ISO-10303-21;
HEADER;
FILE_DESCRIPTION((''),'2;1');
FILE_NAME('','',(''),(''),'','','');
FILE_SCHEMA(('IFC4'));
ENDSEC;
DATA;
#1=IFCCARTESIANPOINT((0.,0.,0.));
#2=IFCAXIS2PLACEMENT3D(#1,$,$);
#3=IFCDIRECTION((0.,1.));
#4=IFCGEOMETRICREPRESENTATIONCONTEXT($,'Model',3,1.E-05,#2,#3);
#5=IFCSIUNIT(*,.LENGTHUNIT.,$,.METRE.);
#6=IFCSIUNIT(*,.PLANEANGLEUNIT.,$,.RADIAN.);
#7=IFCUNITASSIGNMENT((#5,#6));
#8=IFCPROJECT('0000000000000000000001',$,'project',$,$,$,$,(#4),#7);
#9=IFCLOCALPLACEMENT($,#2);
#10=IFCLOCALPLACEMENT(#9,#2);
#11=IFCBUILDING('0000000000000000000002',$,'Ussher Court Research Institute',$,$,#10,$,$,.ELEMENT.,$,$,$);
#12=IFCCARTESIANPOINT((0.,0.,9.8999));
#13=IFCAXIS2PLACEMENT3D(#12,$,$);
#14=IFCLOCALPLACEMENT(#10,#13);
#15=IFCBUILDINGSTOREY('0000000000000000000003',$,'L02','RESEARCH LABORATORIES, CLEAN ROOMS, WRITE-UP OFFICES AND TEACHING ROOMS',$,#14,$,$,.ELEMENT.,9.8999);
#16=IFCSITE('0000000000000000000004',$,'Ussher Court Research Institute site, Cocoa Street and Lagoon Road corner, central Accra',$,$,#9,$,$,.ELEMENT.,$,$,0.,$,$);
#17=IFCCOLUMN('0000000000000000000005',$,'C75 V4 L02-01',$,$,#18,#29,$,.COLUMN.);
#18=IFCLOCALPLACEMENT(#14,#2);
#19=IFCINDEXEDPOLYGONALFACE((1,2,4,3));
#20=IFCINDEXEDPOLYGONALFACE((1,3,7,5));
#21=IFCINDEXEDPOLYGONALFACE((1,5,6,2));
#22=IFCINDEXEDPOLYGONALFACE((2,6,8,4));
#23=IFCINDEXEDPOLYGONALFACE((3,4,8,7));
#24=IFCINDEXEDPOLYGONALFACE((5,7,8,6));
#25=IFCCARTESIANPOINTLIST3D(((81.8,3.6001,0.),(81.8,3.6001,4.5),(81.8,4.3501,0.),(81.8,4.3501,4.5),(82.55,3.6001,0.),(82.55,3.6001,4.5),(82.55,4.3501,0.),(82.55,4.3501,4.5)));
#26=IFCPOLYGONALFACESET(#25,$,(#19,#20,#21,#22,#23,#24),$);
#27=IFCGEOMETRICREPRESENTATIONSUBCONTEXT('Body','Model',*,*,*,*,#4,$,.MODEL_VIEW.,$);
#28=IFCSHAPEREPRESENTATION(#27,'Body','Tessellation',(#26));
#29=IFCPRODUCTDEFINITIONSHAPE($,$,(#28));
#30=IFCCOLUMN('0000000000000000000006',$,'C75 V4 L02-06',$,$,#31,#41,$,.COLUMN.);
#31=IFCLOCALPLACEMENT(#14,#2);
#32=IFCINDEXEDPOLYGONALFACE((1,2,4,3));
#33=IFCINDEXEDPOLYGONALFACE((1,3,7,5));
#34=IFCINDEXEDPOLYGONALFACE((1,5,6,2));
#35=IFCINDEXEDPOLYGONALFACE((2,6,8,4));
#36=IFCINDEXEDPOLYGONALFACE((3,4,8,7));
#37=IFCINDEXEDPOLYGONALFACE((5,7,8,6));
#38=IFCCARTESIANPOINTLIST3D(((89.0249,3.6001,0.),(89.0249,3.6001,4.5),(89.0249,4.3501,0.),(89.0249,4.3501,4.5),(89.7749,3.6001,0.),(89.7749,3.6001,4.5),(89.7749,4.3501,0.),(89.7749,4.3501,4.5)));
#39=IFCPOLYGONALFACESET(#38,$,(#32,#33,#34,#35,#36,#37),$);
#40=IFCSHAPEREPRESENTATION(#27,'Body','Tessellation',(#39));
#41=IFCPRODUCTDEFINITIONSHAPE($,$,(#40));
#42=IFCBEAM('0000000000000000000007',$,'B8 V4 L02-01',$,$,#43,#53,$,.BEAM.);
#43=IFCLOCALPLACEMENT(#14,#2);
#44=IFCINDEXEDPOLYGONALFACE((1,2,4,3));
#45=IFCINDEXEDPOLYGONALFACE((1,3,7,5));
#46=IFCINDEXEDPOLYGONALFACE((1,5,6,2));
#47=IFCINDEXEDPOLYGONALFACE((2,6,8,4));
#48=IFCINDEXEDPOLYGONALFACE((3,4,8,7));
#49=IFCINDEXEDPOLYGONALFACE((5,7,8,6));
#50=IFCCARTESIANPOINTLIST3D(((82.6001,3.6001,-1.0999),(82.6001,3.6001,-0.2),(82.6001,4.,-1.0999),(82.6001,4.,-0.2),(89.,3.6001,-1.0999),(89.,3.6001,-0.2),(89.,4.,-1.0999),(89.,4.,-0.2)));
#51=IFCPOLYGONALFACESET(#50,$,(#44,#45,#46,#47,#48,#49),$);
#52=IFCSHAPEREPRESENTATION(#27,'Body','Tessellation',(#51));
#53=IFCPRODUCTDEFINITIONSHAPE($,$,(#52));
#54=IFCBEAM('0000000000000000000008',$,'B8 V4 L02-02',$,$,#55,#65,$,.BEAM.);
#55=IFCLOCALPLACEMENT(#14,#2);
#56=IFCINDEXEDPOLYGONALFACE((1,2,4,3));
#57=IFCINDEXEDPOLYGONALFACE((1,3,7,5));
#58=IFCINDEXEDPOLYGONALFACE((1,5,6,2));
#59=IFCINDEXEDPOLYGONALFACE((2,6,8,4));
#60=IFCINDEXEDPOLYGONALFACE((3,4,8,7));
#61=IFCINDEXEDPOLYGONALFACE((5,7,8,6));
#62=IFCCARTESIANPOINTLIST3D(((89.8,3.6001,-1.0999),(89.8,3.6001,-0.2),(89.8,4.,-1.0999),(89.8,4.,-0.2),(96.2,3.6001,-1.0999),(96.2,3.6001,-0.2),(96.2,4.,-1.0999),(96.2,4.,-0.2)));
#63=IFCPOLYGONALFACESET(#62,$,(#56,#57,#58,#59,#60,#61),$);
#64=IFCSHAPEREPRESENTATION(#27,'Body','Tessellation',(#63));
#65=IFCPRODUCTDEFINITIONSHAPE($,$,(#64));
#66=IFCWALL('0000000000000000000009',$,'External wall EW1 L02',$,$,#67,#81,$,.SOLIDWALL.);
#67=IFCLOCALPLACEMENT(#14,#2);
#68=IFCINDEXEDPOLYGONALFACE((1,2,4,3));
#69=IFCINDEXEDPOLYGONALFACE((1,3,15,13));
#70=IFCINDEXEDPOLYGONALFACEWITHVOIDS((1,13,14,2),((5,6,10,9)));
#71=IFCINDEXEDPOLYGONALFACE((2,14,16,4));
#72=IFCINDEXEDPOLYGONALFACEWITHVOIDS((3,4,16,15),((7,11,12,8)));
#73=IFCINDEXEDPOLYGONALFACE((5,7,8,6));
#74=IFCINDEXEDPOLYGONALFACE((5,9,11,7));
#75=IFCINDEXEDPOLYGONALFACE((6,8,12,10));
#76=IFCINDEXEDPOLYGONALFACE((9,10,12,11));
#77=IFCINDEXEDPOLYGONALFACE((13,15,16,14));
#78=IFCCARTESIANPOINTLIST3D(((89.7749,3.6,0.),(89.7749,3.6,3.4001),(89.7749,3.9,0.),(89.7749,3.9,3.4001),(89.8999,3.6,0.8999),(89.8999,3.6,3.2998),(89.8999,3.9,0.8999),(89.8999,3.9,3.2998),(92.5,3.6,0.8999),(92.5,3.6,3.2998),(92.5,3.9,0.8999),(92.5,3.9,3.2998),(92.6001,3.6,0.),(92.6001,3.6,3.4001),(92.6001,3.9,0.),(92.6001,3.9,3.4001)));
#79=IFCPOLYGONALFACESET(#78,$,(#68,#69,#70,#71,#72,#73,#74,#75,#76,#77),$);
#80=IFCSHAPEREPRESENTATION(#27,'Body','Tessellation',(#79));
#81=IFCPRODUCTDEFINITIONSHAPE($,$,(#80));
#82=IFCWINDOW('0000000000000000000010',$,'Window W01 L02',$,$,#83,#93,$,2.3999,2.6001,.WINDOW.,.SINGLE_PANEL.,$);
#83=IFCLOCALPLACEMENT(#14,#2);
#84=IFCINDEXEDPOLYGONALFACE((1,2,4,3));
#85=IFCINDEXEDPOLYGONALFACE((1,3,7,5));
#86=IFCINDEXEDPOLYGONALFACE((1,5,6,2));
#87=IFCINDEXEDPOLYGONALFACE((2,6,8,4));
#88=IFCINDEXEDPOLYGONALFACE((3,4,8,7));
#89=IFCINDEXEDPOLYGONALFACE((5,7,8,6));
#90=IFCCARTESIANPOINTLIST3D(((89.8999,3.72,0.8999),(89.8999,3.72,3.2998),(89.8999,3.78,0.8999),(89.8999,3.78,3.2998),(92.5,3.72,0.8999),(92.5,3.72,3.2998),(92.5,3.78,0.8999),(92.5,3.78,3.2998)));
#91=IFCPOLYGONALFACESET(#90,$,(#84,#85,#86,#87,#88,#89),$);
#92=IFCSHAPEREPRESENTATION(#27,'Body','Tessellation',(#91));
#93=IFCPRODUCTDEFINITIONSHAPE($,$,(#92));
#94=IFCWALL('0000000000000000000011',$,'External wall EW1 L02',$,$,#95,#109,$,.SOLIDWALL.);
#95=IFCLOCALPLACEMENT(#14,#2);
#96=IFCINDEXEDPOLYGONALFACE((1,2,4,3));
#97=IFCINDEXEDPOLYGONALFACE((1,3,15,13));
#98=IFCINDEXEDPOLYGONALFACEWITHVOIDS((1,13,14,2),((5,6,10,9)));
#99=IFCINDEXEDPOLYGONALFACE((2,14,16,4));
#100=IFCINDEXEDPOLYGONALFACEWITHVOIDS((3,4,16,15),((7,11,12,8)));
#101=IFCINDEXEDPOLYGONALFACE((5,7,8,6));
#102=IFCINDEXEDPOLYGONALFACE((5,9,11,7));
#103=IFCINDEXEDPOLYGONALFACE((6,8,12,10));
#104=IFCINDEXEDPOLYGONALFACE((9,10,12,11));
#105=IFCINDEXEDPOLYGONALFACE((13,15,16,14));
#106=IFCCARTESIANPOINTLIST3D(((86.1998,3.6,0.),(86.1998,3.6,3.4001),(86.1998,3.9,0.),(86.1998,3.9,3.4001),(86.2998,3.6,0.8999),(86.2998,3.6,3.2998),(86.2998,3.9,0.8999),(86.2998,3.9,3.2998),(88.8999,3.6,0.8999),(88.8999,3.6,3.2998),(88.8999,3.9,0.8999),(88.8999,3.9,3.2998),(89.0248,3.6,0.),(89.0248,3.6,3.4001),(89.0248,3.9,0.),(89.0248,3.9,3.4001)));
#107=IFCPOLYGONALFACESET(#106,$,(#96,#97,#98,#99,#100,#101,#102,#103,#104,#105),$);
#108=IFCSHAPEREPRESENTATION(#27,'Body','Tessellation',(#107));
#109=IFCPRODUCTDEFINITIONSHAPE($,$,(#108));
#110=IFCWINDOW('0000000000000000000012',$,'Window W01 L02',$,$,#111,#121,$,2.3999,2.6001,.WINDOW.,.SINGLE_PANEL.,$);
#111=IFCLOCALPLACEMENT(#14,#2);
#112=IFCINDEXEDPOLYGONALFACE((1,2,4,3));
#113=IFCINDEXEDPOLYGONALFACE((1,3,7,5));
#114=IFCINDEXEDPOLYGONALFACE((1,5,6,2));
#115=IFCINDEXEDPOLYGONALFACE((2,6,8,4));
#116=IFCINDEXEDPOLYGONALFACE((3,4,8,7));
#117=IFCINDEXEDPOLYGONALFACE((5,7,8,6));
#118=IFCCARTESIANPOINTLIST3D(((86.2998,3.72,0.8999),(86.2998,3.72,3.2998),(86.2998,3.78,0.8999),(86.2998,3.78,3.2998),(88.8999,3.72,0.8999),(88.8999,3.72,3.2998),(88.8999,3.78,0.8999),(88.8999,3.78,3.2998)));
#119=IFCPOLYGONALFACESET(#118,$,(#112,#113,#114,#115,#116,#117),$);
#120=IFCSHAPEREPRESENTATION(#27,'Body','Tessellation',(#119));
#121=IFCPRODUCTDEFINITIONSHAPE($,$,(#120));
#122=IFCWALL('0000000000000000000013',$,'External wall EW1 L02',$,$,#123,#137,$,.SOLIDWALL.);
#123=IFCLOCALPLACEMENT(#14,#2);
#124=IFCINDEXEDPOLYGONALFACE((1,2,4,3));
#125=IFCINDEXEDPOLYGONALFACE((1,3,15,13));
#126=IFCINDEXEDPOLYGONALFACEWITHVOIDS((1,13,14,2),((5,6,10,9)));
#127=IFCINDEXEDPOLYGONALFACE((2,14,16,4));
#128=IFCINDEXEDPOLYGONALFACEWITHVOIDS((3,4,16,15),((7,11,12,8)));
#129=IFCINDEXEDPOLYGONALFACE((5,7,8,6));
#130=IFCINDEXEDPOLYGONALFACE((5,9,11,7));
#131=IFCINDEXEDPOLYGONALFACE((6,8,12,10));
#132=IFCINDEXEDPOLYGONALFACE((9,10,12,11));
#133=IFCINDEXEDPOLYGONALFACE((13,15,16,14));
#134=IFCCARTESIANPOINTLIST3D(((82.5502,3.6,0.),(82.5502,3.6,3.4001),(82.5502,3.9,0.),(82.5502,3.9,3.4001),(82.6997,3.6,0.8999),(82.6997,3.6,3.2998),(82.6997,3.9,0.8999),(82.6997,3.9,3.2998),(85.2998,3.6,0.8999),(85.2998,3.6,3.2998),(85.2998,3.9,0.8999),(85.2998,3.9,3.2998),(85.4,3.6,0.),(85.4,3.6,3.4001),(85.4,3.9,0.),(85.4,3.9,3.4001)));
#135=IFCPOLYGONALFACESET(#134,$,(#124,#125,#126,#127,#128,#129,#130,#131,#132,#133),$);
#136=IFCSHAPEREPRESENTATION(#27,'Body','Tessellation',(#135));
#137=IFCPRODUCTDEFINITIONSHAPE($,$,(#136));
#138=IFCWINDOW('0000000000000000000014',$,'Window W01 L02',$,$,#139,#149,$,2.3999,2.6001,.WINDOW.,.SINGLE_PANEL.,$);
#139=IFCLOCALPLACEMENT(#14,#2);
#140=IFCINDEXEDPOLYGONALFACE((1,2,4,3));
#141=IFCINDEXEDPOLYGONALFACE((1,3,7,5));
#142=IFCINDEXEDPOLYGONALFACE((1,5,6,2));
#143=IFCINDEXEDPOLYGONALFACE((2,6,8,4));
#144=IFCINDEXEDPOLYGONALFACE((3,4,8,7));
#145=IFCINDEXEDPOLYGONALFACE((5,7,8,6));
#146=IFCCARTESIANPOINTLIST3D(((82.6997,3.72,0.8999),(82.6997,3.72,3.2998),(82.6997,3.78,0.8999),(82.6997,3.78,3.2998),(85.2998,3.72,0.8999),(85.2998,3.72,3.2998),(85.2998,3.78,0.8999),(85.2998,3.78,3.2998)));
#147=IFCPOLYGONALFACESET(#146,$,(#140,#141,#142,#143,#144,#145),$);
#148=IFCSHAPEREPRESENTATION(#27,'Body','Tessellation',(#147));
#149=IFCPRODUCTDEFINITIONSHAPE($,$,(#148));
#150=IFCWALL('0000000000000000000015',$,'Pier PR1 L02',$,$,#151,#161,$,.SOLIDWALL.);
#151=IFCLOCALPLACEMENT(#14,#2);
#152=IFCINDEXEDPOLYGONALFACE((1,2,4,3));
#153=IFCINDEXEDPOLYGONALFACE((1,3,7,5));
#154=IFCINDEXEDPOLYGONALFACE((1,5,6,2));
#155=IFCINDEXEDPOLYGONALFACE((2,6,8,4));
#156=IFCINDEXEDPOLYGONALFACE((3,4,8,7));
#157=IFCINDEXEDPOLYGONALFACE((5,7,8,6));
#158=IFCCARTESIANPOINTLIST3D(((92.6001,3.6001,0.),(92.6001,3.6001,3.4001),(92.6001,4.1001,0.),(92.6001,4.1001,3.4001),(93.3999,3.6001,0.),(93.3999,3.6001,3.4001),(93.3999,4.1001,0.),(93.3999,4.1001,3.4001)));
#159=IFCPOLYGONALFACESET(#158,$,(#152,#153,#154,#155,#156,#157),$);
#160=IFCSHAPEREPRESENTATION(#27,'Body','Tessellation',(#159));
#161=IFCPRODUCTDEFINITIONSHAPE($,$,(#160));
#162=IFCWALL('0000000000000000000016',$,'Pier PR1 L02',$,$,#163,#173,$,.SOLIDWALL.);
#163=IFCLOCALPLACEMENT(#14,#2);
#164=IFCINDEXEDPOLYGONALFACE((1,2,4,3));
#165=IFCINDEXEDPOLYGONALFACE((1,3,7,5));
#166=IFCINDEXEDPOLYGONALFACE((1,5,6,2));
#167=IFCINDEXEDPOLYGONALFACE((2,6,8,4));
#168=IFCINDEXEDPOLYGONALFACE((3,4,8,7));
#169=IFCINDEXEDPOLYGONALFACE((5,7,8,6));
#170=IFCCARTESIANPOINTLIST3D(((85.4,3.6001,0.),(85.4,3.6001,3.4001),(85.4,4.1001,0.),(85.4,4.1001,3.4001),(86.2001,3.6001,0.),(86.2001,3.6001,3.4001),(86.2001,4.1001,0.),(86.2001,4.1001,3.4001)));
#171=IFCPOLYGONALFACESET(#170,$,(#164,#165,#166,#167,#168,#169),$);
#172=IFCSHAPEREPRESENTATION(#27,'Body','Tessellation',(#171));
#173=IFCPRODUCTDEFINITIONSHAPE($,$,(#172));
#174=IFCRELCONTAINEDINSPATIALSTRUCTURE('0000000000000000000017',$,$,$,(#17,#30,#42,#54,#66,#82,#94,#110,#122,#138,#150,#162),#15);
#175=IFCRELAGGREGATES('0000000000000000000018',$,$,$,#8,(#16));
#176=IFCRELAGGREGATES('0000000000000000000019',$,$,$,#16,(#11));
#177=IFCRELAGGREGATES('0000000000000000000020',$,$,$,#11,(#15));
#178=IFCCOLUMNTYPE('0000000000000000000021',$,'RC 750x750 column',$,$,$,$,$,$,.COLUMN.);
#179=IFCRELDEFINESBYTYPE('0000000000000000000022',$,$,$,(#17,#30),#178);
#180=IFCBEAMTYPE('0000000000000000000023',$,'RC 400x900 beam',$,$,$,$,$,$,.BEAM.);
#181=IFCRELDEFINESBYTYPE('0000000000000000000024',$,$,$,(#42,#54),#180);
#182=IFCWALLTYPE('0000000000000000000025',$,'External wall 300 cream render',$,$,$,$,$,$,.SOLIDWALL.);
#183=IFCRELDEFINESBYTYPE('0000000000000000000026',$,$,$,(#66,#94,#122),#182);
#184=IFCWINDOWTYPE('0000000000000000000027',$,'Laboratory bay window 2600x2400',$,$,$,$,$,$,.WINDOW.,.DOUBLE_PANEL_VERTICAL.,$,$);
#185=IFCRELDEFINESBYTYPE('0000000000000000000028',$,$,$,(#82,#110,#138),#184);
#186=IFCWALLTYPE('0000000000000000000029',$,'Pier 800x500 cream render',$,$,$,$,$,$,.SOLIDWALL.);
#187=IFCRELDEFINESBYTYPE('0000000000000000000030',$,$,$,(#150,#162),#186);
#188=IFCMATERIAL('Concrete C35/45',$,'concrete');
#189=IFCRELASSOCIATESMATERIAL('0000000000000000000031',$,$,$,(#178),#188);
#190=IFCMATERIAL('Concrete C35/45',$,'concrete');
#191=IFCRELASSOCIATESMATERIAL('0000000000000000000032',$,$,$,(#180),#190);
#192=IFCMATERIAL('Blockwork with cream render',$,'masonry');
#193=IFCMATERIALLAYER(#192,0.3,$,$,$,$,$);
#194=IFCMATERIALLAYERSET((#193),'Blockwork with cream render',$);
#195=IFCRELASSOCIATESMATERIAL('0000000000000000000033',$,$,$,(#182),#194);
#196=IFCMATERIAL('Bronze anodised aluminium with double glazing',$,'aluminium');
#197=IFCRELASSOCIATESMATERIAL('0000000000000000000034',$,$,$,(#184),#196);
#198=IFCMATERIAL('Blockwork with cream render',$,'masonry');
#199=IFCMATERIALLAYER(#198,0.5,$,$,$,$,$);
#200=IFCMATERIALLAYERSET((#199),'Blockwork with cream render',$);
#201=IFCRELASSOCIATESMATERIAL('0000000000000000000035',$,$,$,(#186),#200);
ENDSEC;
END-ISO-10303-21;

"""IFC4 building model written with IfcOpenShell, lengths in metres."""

from ifc_helpers import new_model, si_unit, direction, frame, frame_2d, origin, origin_2d, place, context, subcontext, project, spatial, rectangle, extrude, material, layer, layer_set, material_profile, profile_set, type_object, element, fill, save


model = new_model("IFC4")

# Units and contexts
model_context = context("Model", 3, precision=1e-05, world=origin(), true_north=direction((0.0, 1.0)))
body_context = subcontext(model_context, "Body", "Model", "MODEL_VIEW")
ifc_project = project(units=[si_unit("LENGTHUNIT", "METRE"), si_unit("PLANEANGLEUNIT", "RADIAN")], contexts=[model_context])

# Site, building, storey
site_placement = place(None, origin())
site = spatial("IfcSite", under=ifc_project, at=site_placement, Name="Ussher Court Research Institute site, Cocoa Street and Lagoon Road corner, central Accra", CompositionType="ELEMENT", RefElevation=0.0)
building_placement = place(site_placement, origin())
building = spatial("IfcBuilding", under=site, at=building_placement, Name="Ussher Court Research Institute", CompositionType="ELEMENT")
storey_placement = place(building_placement, frame((0.0, 0.0, 9.8999)))
storey = spatial("IfcBuildingStorey", under=building, at=storey_placement, Name="L02", Description="RESEARCH LABORATORIES, CLEAN ROOMS, WRITE-UP OFFICES AND TEACHING ROOMS", CompositionType="ELEMENT", Elevation=9.8999)

# Columns
ifc_material_1 = material(Name="Concrete C35/45", Category="concrete")
ifc_material_profile_1 = material_profile(ifc_material_1, rectangle(XDim=0.75, YDim=0.75, at=origin_2d()), Name="RC 750x750")
ifc_profile_set_1 = profile_set([ifc_material_profile_1], Name="Concrete C35/45")
column_type = type_object("IfcColumnType", Name="RC 750x750 column", PredefinedType="COLUMN", material=ifc_profile_set_1)
for number, where, z_axis, x_axis, name in (
    (1, (82.175, 3.9751, 0.0), (0.0, 0.0, 1.0), (1.0, 0.0, 0.0), "C75 V4 L02-01"),
    (2, (89.3999, 3.9751, 0.0), (0.0, 0.0, 1.0), (1.0, 0.0, 0.0), "C75 V4 L02-06"),
):
    element("IfcColumn", number, at=place(storey_placement, frame(where, z_axis=z_axis, x_axis=x_axis)), inside=storey, type_object=column_type, Name=name, PredefinedType="COLUMN", context=body_context, shape_type="SweptSolid", body=[
        extrude(rectangle(XDim=0.75, YDim=0.75, at=origin_2d()), origin(), (0.0, 0.0, 1.0), 4.5),
    ])

# Beams
ifc_material_2 = material(Name="Concrete C35/45", Category="concrete")
ifc_material_profile_2 = material_profile(ifc_material_2, rectangle(XDim=0.3999, YDim=0.8999, at=origin_2d()), Name="RC 400x900")
ifc_profile_set_2 = profile_set([ifc_material_profile_2], Name="Concrete C35/45")
beam_type = type_object("IfcBeamType", Name="RC 400x900 beam", PredefinedType="BEAM", material=ifc_profile_set_2)
for number, where, z_axis, x_axis, name in (
    (3, (82.6001, 3.8, -0.6499), (1.0, 0.0, 0.0), (0.0, 1.0, 0.0), "B8 V4 L02-01"),
    (4, (89.8, 3.8, -0.6499), (1.0, 0.0, 0.0), (0.0, 1.0, 0.0), "B8 V4 L02-02"),
):
    element("IfcBeam", number, at=place(storey_placement, frame(where, z_axis=z_axis, x_axis=x_axis)), inside=storey, type_object=beam_type, Name=name, PredefinedType="BEAM", context=body_context, shape_type="SweptSolid", body=[
        extrude(rectangle(XDim=0.3999, YDim=0.8999, at=origin_2d()), origin(), (0.0, 0.0, 1.0), 6.3999),
    ])

# Walls, openings, windows
ifc_material_3 = material(Name="Blockwork with cream render", Category="masonry")
ifc_layer_1 = layer(ifc_material_3, 0.3)
ifc_layer_set_1 = layer_set([ifc_layer_1], Name="Blockwork with cream render")
wall_type_1 = type_object("IfcWallType", Name="External wall 300 cream render", PredefinedType="SOLIDWALL", material=ifc_layer_set_1)
wall_1_placement = place(storey_placement, frame((92.6001, 3.75, 0.0), z_axis=(0.0, 0.0, 1.0), x_axis=(-1.0, 0.0, 0.0)))
wall_1 = element("IfcWall", 5, at=wall_1_placement, inside=storey, type_object=wall_type_1, Name="External wall EW1 L02", PredefinedType="SOLIDWALL", context=body_context, shape_type="SweptSolid", body=[
    extrude(rectangle(XDim=2.8252, YDim=0.3, at=frame_2d((1.4126, 0.0))), origin(), (0.0, 0.0, 1.0), 3.4001),
])
opening_1_placement = place(wall_1_placement, frame((0.1001, 0.0, 0.8999)))
opening_1 = element("IfcOpeningElement", 6, at=opening_1_placement, cuts=wall_1, PredefinedType="OPENING", context=body_context, shape_type="SweptSolid", body=[
    extrude(rectangle(XDim=2.6001, YDim=2.3999, at=frame_2d((1.3, 1.2))), frame((0.0, 0.1602, 0.0), z_axis=(0.0, -1.0, 0.0), x_axis=(1.0, 0.0, 0.0)), (0.0, 0.0, 1.0), 0.3201),
])
ifc_material_4 = material(Name="Bronze anodised aluminium with double glazing", Category="aluminium")
window_type = type_object("IfcWindowType", Name="Laboratory bay window 2600x2400", PartitioningType="DOUBLE_PANEL_VERTICAL", PredefinedType="WINDOW", material=ifc_material_4)
window_1_placement = place(opening_1_placement, origin())
window_1 = element("IfcWindow", 7, at=window_1_placement, inside=storey, type_object=window_type, Name="Window W01 L02", OverallHeight=2.3999, OverallWidth=2.6001, PartitioningType="SINGLE_PANEL", PredefinedType="WINDOW", context=body_context, shape_type="SweptSolid", body=[
    extrude(rectangle(XDim=2.6001, YDim=2.3999, at=frame_2d((1.3, 1.2))), frame((0.0, 0.03, 0.0), z_axis=(0.0, -1.0, 0.0), x_axis=(1.0, 0.0, 0.0)), (0.0, 0.0, 1.0), 0.0601),
])
fill(opening_1, window_1)
wall_2_placement = place(storey_placement, frame((89.0249, 3.75, 0.0), z_axis=(0.0, 0.0, 1.0), x_axis=(-1.0, 0.0, 0.0)))
wall_2 = element("IfcWall", 8, at=wall_2_placement, inside=storey, type_object=wall_type_1, Name="External wall EW1 L02", PredefinedType="SOLIDWALL", context=body_context, shape_type="SweptSolid", body=[
    extrude(rectangle(XDim=2.825, YDim=0.3, at=frame_2d((1.4126, 0.0))), origin(), (0.0, 0.0, 1.0), 3.4001),
])
opening_2_placement = place(wall_2_placement, frame((0.125, 0.0, 0.8999)))
opening_2 = element("IfcOpeningElement", 9, at=opening_2_placement, cuts=wall_2, PredefinedType="OPENING", context=body_context, shape_type="SweptSolid", body=[
    extrude(rectangle(XDim=2.6001, YDim=2.3999, at=frame_2d((1.3, 1.2))), frame((0.0, 0.1602, 0.0), z_axis=(0.0, -1.0, 0.0), x_axis=(1.0, 0.0, 0.0)), (0.0, 0.0, 1.0), 0.3201),
])
window_2_placement = place(opening_2_placement, origin())
window_2 = element("IfcWindow", 10, at=window_2_placement, inside=storey, type_object=window_type, Name="Window W01 L02", OverallHeight=2.3999, OverallWidth=2.6001, PartitioningType="SINGLE_PANEL", PredefinedType="WINDOW", context=body_context, shape_type="SweptSolid", body=[
    extrude(rectangle(XDim=2.6001, YDim=2.3999, at=frame_2d((1.3, 1.2))), frame((0.0, 0.03, 0.0), z_axis=(0.0, -1.0, 0.0), x_axis=(1.0, 0.0, 0.0)), (0.0, 0.0, 1.0), 0.0601),
])
fill(opening_2, window_2)
wall_3_placement = place(storey_placement, frame((85.3999, 3.75, 0.0), z_axis=(0.0, 0.0, 1.0), x_axis=(-1.0, 0.0, 0.0)))
wall_3 = element("IfcWall", 11, at=wall_3_placement, inside=storey, type_object=wall_type_1, Name="External wall EW1 L02", PredefinedType="SOLIDWALL", context=body_context, shape_type="SweptSolid", body=[
    extrude(rectangle(XDim=2.8499, YDim=0.3, at=frame_2d((1.4248, 0.0))), origin(), (0.0, 0.0, 1.0), 3.4001),
])
opening_3_placement = place(wall_3_placement, frame((0.1001, 0.0, 0.8999)))
opening_3 = element("IfcOpeningElement", 12, at=opening_3_placement, cuts=wall_3, PredefinedType="OPENING", context=body_context, shape_type="SweptSolid", body=[
    extrude(rectangle(XDim=2.6001, YDim=2.3999, at=frame_2d((1.3, 1.2))), frame((0.0, 0.1602, 0.0), z_axis=(0.0, -1.0, 0.0), x_axis=(1.0, 0.0, 0.0)), (0.0, 0.0, 1.0), 0.3201),
])
window_3_placement = place(opening_3_placement, origin())
window_3 = element("IfcWindow", 13, at=window_3_placement, inside=storey, type_object=window_type, Name="Window W01 L02", OverallHeight=2.3999, OverallWidth=2.6001, PartitioningType="SINGLE_PANEL", PredefinedType="WINDOW", context=body_context, shape_type="SweptSolid", body=[
    extrude(rectangle(XDim=2.6001, YDim=2.3999, at=frame_2d((1.3, 1.2))), frame((0.0, 0.03, 0.0), z_axis=(0.0, -1.0, 0.0), x_axis=(1.0, 0.0, 0.0)), (0.0, 0.0, 1.0), 0.0601),
])
fill(opening_3, window_3)

# Walls
ifc_material_5 = material(Name="Blockwork with cream render", Category="masonry")
ifc_layer_2 = layer(ifc_material_5, 0.5)
ifc_layer_set_2 = layer_set([ifc_layer_2], Name="Blockwork with cream render")
wall_type_2 = type_object("IfcWallType", Name="Pier 800x500 cream render", PredefinedType="SOLIDWALL", material=ifc_layer_set_2)
wall_4_placement = place(storey_placement, frame((93.3999, 3.8501, 0.0), z_axis=(0.0, 0.0, 1.0), x_axis=(-1.0, 0.0, 0.0)))
element("IfcWall", 14, at=wall_4_placement, inside=storey, type_object=wall_type_2, Name="Pier PR1 L02", PredefinedType="SOLIDWALL", context=body_context, shape_type="SweptSolid", body=[
    extrude(rectangle(XDim=0.7998, YDim=0.5, at=frame_2d((0.3999, 0.0))), origin(), (0.0, 0.0, 1.0), 3.4001),
])
wall_5_placement = place(storey_placement, frame((86.2, 3.8501, 0.0), z_axis=(0.0, 0.0, 1.0), x_axis=(-1.0, 0.0, 0.0)))
element("IfcWall", 15, at=wall_5_placement, inside=storey, type_object=wall_type_2, Name="Pier PR1 L02", PredefinedType="SOLIDWALL", context=body_context, shape_type="SweptSolid", body=[
    extrude(rectangle(XDim=0.8, YDim=0.5, at=frame_2d((0.3999, 0.0))), origin(), (0.0, 0.0, 1.0), 3.4001),
])

save(model, "model.ifc")
